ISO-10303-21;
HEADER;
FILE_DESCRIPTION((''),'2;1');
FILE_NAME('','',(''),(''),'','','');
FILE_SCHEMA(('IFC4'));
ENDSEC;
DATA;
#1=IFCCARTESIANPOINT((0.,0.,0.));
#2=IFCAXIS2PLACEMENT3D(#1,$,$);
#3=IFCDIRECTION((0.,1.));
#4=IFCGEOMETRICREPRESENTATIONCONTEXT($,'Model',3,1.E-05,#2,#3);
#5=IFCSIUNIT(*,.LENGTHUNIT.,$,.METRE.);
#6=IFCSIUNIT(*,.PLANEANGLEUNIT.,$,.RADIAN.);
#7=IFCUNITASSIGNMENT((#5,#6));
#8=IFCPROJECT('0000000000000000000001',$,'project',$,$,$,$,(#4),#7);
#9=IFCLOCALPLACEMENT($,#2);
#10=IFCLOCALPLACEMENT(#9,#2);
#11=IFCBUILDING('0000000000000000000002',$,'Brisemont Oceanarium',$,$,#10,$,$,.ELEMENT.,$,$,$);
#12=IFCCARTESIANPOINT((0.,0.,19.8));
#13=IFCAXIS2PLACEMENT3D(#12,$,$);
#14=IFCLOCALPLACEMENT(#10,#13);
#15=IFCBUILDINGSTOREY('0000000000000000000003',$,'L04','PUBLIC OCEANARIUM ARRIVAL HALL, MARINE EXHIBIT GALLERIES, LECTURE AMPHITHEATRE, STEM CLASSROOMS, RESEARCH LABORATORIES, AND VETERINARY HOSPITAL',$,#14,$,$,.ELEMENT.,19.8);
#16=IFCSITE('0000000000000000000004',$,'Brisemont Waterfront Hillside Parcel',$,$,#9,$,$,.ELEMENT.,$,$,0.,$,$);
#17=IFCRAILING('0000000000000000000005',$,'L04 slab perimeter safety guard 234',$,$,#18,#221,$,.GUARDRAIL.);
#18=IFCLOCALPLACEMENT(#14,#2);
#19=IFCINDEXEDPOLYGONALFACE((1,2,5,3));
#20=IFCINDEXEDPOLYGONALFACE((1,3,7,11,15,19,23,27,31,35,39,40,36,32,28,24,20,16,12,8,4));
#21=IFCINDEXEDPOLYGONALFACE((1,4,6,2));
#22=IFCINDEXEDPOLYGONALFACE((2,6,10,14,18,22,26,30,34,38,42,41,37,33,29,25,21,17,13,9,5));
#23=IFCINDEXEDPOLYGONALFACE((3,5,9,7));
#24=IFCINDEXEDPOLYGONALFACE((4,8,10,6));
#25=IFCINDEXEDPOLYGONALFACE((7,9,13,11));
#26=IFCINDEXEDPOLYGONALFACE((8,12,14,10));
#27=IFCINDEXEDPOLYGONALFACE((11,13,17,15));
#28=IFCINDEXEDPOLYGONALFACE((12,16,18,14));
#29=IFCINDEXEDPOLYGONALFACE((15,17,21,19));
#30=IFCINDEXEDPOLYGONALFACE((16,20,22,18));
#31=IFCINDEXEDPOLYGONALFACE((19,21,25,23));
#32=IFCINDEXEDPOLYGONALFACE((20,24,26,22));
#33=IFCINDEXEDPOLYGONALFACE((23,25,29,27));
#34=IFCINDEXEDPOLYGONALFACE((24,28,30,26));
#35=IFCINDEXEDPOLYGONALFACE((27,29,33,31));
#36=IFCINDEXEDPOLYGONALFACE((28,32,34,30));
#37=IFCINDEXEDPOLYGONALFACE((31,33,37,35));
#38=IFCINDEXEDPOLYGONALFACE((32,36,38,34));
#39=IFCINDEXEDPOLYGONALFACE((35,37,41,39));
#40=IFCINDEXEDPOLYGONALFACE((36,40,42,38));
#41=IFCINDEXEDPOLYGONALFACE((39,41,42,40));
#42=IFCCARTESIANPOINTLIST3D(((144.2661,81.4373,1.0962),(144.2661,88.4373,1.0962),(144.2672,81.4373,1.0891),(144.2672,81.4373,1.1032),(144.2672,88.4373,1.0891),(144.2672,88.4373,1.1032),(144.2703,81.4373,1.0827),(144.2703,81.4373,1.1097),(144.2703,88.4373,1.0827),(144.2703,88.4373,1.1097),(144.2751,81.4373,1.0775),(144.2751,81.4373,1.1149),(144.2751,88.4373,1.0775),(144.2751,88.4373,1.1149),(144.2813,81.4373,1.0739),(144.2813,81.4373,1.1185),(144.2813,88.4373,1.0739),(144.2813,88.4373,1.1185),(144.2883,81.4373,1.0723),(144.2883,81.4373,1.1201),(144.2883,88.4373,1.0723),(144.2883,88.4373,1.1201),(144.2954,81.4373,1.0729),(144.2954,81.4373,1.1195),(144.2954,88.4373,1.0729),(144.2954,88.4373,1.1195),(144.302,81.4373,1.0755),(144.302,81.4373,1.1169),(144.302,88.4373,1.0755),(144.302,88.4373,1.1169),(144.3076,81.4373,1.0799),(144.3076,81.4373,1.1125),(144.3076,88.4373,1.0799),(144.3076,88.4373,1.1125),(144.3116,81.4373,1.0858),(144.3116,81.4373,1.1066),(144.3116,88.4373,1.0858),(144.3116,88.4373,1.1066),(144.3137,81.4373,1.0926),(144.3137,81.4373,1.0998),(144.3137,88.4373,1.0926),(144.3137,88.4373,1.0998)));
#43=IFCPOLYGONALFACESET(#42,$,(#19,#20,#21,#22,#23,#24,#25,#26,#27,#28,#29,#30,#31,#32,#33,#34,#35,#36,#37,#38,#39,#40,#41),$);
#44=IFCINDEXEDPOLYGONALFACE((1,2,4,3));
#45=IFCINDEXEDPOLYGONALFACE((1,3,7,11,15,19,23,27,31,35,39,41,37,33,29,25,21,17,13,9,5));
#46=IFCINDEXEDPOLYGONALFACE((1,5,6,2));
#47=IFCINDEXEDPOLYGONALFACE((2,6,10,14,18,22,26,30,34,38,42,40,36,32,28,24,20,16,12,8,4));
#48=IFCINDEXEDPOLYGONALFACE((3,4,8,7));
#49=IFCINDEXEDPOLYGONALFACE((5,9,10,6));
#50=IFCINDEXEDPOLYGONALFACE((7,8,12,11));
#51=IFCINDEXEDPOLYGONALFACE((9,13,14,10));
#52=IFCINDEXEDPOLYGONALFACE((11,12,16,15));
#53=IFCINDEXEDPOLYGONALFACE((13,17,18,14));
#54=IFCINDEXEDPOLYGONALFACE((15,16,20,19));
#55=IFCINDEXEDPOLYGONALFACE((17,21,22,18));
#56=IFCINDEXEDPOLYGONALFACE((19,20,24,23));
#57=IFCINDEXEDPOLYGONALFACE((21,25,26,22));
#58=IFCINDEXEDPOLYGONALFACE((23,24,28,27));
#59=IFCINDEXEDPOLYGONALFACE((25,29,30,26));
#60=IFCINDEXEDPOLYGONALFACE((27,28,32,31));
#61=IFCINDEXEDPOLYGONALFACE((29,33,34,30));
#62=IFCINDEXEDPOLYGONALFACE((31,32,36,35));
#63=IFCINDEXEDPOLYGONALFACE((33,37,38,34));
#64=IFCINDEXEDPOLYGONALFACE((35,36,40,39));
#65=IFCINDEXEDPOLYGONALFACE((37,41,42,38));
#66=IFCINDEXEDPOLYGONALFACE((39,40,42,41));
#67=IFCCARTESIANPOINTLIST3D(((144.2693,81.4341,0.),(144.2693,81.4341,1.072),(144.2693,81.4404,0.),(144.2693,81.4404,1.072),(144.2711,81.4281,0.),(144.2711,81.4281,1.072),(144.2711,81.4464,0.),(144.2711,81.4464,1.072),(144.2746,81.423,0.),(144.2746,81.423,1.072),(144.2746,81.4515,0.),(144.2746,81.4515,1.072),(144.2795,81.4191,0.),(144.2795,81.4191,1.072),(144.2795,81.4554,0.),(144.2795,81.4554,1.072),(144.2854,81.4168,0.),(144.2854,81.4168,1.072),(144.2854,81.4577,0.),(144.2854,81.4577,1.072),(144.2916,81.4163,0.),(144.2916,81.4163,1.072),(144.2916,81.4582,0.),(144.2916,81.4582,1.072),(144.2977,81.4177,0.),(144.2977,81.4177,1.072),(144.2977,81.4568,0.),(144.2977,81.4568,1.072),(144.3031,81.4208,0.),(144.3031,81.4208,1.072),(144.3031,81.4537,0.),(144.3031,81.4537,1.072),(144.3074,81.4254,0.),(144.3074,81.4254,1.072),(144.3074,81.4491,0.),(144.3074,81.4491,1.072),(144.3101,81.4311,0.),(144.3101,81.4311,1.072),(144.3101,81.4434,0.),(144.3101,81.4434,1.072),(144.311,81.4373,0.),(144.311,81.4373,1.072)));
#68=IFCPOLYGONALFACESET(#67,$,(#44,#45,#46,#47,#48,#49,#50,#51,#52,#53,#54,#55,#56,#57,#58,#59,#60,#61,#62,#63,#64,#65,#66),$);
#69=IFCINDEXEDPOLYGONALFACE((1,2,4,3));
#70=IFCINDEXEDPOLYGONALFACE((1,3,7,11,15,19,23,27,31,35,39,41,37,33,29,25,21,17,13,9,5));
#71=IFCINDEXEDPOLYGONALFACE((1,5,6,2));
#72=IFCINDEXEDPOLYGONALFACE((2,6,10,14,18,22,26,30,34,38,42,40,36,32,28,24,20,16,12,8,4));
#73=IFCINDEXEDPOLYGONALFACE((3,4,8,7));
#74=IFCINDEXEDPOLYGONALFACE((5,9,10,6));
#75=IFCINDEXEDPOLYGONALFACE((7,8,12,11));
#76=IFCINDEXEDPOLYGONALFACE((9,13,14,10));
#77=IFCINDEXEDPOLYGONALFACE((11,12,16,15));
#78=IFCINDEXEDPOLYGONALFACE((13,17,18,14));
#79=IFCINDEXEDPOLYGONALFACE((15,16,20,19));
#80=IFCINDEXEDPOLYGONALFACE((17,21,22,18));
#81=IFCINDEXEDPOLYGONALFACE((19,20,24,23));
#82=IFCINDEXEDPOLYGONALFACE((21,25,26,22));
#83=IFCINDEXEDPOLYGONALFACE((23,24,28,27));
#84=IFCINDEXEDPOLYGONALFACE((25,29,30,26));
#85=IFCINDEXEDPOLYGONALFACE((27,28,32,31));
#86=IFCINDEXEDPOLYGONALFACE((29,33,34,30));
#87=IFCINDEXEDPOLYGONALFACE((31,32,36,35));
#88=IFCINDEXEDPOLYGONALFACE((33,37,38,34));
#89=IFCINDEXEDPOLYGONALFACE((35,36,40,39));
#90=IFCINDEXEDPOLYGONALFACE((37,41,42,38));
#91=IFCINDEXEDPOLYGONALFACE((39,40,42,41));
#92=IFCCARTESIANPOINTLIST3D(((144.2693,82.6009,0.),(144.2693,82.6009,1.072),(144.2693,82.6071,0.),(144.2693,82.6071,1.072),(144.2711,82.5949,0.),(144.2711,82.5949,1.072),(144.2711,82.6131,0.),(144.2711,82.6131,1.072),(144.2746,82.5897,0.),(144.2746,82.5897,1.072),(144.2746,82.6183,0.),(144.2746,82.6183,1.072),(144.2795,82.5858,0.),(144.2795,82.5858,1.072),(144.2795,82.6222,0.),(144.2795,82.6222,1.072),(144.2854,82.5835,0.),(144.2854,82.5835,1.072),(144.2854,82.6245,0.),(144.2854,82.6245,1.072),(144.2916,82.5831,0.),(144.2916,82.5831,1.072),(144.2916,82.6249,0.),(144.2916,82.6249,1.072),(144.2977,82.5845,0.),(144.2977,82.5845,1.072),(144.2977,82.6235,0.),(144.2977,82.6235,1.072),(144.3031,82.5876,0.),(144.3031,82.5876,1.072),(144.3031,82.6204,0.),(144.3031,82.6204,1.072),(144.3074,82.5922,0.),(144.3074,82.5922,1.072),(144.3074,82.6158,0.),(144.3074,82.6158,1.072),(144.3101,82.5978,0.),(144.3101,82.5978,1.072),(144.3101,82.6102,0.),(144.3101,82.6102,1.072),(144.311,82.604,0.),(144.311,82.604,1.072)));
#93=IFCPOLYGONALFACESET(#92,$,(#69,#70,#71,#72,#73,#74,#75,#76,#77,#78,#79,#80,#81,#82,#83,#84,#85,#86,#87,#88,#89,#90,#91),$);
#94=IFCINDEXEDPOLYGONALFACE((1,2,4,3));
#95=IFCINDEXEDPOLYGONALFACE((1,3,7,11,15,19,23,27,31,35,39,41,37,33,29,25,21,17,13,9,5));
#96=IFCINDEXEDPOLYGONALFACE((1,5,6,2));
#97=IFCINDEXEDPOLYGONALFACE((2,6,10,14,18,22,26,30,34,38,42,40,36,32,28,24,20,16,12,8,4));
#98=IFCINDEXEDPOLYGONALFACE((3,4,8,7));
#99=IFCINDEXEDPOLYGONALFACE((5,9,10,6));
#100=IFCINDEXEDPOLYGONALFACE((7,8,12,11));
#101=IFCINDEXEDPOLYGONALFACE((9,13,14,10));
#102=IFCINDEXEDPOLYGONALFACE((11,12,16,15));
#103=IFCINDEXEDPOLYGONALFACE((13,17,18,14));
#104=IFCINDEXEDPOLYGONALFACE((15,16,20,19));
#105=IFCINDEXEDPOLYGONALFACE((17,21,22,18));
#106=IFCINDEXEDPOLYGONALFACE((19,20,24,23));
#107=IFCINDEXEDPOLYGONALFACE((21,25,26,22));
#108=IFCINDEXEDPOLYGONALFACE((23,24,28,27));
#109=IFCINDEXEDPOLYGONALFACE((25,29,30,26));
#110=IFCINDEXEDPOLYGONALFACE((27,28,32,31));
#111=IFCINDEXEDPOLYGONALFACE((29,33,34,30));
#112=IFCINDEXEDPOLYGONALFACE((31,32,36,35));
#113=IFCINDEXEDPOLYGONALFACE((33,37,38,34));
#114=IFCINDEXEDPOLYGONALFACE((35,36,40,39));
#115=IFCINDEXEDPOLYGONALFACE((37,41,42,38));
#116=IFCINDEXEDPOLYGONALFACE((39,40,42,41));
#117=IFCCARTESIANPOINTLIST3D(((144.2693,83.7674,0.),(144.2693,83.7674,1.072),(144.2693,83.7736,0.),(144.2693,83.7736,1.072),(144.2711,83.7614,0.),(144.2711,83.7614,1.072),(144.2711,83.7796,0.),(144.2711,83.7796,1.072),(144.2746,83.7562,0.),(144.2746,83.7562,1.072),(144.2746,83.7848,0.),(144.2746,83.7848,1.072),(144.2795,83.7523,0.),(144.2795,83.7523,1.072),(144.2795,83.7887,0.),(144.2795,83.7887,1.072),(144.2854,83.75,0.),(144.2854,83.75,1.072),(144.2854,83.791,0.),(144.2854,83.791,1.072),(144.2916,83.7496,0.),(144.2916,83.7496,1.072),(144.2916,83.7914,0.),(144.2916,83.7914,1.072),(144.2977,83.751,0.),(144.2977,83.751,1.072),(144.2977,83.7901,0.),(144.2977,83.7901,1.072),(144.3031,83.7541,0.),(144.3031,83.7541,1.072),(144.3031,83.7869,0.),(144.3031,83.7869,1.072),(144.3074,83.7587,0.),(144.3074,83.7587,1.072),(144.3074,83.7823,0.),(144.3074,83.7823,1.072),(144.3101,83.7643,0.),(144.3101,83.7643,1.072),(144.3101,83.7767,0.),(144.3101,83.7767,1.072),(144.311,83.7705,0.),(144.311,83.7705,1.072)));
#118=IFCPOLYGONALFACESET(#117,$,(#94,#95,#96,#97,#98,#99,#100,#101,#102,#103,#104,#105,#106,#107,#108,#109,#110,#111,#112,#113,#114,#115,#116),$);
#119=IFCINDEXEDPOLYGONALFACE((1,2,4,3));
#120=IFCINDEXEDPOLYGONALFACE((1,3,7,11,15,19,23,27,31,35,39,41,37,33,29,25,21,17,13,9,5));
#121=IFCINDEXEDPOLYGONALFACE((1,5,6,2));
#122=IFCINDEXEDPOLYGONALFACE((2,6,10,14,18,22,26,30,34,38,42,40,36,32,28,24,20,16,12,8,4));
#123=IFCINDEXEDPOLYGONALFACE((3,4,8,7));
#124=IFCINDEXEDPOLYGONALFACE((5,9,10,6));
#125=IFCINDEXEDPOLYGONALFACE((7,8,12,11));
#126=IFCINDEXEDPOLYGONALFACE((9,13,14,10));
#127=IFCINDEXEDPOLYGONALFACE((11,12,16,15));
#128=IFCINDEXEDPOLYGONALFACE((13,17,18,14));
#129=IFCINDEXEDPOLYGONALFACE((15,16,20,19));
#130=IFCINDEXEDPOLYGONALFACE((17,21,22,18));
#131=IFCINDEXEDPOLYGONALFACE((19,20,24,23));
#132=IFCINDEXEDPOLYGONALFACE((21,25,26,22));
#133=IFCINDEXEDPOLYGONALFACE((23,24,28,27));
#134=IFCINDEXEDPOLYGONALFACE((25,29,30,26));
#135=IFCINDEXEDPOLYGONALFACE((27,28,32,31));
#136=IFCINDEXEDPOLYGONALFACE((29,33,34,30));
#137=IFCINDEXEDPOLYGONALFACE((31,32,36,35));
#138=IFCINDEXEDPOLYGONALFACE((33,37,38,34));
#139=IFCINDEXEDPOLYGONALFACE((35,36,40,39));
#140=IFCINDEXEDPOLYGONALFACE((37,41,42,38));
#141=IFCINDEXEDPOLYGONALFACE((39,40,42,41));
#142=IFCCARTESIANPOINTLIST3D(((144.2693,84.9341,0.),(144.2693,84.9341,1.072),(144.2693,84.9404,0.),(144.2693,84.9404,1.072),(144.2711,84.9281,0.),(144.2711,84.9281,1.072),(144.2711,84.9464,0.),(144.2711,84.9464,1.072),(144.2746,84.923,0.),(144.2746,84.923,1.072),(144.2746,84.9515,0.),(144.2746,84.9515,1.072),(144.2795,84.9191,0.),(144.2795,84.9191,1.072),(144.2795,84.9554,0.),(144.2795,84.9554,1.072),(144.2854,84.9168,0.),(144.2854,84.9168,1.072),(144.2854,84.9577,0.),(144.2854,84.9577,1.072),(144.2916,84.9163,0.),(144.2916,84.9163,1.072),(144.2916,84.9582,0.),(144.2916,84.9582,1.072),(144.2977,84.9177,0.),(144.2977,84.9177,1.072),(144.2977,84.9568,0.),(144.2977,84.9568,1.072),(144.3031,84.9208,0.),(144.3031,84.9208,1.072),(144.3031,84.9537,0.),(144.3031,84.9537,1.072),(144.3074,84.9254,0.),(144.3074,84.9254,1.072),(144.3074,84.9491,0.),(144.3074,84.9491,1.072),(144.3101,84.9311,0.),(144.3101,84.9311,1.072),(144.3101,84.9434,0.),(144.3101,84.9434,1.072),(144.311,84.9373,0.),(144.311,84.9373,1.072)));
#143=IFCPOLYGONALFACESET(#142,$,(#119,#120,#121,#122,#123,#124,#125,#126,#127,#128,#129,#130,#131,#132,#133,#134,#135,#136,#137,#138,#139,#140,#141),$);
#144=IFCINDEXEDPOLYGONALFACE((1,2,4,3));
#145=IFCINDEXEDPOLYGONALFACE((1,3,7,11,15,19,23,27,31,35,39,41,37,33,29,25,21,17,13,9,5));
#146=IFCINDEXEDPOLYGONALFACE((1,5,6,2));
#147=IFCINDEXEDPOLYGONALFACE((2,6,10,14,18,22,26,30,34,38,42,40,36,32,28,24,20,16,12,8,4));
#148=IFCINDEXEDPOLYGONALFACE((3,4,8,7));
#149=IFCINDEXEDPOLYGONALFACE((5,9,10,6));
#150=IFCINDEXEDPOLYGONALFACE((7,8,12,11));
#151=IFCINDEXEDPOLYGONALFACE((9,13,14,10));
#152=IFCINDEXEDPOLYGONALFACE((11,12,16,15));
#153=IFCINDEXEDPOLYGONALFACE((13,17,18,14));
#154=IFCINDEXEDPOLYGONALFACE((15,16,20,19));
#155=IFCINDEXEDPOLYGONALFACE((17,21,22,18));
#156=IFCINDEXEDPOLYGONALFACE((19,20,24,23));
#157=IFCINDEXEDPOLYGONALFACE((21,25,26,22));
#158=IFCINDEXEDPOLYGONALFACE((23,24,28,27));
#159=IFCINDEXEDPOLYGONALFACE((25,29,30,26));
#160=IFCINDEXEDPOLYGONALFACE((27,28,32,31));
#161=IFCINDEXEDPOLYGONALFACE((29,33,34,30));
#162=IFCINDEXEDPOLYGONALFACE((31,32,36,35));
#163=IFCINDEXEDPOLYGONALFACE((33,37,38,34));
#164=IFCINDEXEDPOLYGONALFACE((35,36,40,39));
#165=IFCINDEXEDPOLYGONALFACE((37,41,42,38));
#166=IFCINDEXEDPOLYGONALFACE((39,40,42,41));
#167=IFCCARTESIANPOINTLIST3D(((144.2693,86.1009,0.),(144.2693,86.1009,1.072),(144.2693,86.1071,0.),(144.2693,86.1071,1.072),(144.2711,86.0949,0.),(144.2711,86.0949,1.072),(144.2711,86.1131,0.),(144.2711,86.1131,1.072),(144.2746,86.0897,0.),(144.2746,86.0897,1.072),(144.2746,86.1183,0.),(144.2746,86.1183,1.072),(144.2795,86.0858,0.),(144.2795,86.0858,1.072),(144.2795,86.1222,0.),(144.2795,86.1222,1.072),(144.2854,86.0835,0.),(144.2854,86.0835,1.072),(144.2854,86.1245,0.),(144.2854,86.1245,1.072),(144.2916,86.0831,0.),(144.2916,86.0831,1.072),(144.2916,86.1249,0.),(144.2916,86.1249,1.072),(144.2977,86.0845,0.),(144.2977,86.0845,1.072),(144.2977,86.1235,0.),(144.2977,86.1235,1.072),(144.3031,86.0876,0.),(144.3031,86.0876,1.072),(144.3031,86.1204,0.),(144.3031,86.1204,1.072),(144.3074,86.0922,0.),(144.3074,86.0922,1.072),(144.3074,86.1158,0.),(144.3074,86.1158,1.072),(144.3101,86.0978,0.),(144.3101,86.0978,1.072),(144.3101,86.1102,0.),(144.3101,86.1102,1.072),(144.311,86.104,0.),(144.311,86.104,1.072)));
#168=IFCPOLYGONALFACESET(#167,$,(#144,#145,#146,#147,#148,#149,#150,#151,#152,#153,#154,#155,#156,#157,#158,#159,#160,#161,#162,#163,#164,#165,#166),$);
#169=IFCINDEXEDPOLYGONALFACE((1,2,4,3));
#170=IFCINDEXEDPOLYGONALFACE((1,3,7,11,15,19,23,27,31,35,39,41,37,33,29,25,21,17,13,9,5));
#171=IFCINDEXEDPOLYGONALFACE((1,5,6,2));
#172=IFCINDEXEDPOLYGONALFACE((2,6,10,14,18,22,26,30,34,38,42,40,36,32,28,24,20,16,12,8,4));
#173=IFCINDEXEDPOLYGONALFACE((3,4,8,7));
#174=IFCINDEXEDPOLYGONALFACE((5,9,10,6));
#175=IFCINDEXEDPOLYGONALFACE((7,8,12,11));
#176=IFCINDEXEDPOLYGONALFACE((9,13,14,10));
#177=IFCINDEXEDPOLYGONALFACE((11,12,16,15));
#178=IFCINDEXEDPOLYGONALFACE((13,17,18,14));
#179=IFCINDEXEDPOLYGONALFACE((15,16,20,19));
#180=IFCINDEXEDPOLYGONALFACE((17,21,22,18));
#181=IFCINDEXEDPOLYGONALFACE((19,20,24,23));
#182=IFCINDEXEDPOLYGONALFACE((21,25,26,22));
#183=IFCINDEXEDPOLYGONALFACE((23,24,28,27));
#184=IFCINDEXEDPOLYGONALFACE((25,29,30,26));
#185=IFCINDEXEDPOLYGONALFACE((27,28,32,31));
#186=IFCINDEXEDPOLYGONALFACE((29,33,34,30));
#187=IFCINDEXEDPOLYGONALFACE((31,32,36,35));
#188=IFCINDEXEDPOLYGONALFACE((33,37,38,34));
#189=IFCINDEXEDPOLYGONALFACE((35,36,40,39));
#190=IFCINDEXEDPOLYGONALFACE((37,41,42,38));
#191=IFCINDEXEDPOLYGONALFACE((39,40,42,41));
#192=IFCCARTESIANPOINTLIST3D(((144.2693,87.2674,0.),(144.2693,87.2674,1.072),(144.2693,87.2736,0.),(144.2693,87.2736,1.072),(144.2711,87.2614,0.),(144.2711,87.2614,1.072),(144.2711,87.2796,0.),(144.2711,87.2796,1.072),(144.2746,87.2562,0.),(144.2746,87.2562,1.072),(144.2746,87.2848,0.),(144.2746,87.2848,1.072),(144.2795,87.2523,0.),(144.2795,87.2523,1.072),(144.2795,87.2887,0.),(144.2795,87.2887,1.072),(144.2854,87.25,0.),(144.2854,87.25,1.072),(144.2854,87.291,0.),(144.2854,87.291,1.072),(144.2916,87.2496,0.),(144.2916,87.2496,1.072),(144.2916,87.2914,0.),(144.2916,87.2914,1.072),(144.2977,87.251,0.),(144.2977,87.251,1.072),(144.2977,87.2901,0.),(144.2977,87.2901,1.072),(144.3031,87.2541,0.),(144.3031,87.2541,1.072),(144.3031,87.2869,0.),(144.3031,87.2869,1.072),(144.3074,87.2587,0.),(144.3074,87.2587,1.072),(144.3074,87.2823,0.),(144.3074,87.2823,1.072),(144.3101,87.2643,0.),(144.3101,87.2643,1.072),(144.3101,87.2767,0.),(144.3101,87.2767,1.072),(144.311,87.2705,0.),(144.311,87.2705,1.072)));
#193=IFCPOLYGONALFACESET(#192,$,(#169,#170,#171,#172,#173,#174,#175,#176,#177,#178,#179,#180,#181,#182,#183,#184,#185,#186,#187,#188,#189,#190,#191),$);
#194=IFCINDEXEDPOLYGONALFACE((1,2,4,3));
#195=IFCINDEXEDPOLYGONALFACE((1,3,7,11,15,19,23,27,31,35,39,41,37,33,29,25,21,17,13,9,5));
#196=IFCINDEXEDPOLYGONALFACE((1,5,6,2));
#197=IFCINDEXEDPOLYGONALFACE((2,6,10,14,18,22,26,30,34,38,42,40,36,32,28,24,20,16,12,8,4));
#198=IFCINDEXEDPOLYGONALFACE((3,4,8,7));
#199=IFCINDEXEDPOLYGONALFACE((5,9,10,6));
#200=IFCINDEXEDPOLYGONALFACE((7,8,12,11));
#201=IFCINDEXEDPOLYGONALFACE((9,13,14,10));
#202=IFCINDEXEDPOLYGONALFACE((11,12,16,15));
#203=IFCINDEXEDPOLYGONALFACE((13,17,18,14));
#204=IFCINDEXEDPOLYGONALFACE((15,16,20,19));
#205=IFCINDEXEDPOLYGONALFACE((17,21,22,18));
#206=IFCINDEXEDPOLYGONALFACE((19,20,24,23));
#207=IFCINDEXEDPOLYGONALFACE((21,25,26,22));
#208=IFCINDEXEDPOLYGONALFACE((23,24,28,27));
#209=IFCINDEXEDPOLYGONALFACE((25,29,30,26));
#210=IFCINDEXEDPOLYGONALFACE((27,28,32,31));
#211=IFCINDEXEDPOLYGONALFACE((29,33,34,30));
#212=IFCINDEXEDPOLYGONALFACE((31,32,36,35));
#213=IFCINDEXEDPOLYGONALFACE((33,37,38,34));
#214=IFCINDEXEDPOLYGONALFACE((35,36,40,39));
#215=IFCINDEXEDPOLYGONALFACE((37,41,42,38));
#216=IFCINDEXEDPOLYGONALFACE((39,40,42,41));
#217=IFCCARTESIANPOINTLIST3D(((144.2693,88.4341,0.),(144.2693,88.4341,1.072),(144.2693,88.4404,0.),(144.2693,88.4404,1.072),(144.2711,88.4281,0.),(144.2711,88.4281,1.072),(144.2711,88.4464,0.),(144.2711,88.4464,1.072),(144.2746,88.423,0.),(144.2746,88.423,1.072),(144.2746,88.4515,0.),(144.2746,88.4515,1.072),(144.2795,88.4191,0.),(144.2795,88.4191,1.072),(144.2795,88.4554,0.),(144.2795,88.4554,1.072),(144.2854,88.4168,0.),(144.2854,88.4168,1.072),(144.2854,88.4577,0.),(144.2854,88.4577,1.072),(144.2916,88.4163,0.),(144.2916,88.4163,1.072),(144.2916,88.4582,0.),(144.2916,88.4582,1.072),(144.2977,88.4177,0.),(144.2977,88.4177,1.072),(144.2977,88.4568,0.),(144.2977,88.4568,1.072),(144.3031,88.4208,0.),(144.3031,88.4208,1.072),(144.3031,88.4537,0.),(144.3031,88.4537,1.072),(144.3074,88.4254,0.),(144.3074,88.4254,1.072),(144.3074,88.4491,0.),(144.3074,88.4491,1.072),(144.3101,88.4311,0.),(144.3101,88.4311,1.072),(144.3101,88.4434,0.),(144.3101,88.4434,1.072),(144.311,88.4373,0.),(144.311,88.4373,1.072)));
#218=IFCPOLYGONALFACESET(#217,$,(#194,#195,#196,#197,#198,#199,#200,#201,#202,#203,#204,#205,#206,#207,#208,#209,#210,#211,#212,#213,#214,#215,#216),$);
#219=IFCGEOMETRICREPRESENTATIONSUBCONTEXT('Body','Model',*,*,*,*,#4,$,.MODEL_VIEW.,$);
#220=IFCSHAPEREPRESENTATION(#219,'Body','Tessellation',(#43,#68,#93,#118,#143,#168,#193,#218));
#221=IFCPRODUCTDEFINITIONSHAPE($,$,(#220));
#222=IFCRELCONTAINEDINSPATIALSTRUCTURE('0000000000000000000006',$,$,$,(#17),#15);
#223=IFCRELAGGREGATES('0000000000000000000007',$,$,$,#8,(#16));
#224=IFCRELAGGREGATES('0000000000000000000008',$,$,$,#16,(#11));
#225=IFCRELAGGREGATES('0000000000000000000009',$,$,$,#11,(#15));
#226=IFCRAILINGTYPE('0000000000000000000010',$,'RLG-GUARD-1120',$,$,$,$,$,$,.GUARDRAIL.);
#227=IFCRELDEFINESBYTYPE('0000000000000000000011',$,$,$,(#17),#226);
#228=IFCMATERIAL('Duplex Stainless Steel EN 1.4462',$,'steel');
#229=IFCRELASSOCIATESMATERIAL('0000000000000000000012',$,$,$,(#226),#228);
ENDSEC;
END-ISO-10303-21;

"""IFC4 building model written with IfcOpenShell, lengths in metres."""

from ifc_helpers import new_model, si_unit, direction, frame, origin, origin_2d, place, context, subcontext, project, spatial, circle, extrude, material, type_object, element, save


model = new_model("IFC4")

# Units and contexts
model_context = context("Model", 3, precision=1e-05, world=origin(), true_north=direction((0.0, 1.0)))
body_context = subcontext(model_context, "Body", "Model", "MODEL_VIEW")
ifc_project = project(units=[si_unit("LENGTHUNIT", "METRE"), si_unit("PLANEANGLEUNIT", "RADIAN")], contexts=[model_context])

# Site, building, storey
site_placement = place(None, origin())
site = spatial("IfcSite", under=ifc_project, at=site_placement, Name="Brisemont Waterfront Hillside Parcel", CompositionType="ELEMENT", RefElevation=0.0)
building_placement = place(site_placement, origin())
building = spatial("IfcBuilding", under=site, at=building_placement, Name="Brisemont Oceanarium", CompositionType="ELEMENT")
storey_placement = place(building_placement, frame((0.0, 0.0, 19.8)))
storey = spatial("IfcBuildingStorey", under=building, at=storey_placement, Name="L04", Description="PUBLIC OCEANARIUM ARRIVAL HALL, MARINE EXHIBIT GALLERIES, LECTURE AMPHITHEATRE, STEM CLASSROOMS, RESEARCH LABORATORIES, AND VETERINARY HOSPITAL", CompositionType="ELEMENT", Elevation=19.8)

# Railing
ifc_material_1 = material(Name="Duplex Stainless Steel EN 1.4462", Category="steel")
railing_type_1 = type_object("IfcRailingType", Name="RLG-GUARD-1120", PredefinedType="GUARDRAIL", material=ifc_material_1)
railing_1_placement = place(storey_placement, frame((144.29, 81.4373, 0.0)))
element("IfcRailing", 1, at=railing_1_placement, inside=storey, type_object=railing_type_1, Name="L04 slab perimeter safety guard 234", PredefinedType="GUARDRAIL", context=body_context, shape_type="SweptSolid", body=[
    extrude(circle(Radius=0.0239, at=origin_2d()), frame((0.0, 0.0, 1.0962), z_axis=(0.0, 1.0, 0.0), x_axis=(-1.0, 0.0, 0.0)), (0.0, 0.0, 1.0), 7.0),
    extrude(circle(Radius=0.021, at=origin_2d()), origin(), (0.0, 0.0, 1.0), 1.072),
    extrude(circle(Radius=0.021, at=origin_2d()), frame((0.0, 1.1667, 0.0)), (0.0, 0.0, 1.0), 1.072),
    extrude(circle(Radius=0.021, at=origin_2d()), frame((0.0, 2.3333, 0.0)), (0.0, 0.0, 1.0), 1.072),
    extrude(circle(Radius=0.021, at=origin_2d()), frame((0.0, 3.5, 0.0)), (0.0, 0.0, 1.0), 1.072),
    extrude(circle(Radius=0.021, at=origin_2d()), frame((0.0, 4.6667, 0.0)), (0.0, 0.0, 1.0), 1.072),
    extrude(circle(Radius=0.021, at=origin_2d()), frame((0.0, 5.8333, 0.0)), (0.0, 0.0, 1.0), 1.072),
    extrude(circle(Radius=0.021, at=origin_2d()), frame((0.0, 7.0, 0.0)), (0.0, 0.0, 1.0), 1.072),
])

save(model, "model.ifc")
